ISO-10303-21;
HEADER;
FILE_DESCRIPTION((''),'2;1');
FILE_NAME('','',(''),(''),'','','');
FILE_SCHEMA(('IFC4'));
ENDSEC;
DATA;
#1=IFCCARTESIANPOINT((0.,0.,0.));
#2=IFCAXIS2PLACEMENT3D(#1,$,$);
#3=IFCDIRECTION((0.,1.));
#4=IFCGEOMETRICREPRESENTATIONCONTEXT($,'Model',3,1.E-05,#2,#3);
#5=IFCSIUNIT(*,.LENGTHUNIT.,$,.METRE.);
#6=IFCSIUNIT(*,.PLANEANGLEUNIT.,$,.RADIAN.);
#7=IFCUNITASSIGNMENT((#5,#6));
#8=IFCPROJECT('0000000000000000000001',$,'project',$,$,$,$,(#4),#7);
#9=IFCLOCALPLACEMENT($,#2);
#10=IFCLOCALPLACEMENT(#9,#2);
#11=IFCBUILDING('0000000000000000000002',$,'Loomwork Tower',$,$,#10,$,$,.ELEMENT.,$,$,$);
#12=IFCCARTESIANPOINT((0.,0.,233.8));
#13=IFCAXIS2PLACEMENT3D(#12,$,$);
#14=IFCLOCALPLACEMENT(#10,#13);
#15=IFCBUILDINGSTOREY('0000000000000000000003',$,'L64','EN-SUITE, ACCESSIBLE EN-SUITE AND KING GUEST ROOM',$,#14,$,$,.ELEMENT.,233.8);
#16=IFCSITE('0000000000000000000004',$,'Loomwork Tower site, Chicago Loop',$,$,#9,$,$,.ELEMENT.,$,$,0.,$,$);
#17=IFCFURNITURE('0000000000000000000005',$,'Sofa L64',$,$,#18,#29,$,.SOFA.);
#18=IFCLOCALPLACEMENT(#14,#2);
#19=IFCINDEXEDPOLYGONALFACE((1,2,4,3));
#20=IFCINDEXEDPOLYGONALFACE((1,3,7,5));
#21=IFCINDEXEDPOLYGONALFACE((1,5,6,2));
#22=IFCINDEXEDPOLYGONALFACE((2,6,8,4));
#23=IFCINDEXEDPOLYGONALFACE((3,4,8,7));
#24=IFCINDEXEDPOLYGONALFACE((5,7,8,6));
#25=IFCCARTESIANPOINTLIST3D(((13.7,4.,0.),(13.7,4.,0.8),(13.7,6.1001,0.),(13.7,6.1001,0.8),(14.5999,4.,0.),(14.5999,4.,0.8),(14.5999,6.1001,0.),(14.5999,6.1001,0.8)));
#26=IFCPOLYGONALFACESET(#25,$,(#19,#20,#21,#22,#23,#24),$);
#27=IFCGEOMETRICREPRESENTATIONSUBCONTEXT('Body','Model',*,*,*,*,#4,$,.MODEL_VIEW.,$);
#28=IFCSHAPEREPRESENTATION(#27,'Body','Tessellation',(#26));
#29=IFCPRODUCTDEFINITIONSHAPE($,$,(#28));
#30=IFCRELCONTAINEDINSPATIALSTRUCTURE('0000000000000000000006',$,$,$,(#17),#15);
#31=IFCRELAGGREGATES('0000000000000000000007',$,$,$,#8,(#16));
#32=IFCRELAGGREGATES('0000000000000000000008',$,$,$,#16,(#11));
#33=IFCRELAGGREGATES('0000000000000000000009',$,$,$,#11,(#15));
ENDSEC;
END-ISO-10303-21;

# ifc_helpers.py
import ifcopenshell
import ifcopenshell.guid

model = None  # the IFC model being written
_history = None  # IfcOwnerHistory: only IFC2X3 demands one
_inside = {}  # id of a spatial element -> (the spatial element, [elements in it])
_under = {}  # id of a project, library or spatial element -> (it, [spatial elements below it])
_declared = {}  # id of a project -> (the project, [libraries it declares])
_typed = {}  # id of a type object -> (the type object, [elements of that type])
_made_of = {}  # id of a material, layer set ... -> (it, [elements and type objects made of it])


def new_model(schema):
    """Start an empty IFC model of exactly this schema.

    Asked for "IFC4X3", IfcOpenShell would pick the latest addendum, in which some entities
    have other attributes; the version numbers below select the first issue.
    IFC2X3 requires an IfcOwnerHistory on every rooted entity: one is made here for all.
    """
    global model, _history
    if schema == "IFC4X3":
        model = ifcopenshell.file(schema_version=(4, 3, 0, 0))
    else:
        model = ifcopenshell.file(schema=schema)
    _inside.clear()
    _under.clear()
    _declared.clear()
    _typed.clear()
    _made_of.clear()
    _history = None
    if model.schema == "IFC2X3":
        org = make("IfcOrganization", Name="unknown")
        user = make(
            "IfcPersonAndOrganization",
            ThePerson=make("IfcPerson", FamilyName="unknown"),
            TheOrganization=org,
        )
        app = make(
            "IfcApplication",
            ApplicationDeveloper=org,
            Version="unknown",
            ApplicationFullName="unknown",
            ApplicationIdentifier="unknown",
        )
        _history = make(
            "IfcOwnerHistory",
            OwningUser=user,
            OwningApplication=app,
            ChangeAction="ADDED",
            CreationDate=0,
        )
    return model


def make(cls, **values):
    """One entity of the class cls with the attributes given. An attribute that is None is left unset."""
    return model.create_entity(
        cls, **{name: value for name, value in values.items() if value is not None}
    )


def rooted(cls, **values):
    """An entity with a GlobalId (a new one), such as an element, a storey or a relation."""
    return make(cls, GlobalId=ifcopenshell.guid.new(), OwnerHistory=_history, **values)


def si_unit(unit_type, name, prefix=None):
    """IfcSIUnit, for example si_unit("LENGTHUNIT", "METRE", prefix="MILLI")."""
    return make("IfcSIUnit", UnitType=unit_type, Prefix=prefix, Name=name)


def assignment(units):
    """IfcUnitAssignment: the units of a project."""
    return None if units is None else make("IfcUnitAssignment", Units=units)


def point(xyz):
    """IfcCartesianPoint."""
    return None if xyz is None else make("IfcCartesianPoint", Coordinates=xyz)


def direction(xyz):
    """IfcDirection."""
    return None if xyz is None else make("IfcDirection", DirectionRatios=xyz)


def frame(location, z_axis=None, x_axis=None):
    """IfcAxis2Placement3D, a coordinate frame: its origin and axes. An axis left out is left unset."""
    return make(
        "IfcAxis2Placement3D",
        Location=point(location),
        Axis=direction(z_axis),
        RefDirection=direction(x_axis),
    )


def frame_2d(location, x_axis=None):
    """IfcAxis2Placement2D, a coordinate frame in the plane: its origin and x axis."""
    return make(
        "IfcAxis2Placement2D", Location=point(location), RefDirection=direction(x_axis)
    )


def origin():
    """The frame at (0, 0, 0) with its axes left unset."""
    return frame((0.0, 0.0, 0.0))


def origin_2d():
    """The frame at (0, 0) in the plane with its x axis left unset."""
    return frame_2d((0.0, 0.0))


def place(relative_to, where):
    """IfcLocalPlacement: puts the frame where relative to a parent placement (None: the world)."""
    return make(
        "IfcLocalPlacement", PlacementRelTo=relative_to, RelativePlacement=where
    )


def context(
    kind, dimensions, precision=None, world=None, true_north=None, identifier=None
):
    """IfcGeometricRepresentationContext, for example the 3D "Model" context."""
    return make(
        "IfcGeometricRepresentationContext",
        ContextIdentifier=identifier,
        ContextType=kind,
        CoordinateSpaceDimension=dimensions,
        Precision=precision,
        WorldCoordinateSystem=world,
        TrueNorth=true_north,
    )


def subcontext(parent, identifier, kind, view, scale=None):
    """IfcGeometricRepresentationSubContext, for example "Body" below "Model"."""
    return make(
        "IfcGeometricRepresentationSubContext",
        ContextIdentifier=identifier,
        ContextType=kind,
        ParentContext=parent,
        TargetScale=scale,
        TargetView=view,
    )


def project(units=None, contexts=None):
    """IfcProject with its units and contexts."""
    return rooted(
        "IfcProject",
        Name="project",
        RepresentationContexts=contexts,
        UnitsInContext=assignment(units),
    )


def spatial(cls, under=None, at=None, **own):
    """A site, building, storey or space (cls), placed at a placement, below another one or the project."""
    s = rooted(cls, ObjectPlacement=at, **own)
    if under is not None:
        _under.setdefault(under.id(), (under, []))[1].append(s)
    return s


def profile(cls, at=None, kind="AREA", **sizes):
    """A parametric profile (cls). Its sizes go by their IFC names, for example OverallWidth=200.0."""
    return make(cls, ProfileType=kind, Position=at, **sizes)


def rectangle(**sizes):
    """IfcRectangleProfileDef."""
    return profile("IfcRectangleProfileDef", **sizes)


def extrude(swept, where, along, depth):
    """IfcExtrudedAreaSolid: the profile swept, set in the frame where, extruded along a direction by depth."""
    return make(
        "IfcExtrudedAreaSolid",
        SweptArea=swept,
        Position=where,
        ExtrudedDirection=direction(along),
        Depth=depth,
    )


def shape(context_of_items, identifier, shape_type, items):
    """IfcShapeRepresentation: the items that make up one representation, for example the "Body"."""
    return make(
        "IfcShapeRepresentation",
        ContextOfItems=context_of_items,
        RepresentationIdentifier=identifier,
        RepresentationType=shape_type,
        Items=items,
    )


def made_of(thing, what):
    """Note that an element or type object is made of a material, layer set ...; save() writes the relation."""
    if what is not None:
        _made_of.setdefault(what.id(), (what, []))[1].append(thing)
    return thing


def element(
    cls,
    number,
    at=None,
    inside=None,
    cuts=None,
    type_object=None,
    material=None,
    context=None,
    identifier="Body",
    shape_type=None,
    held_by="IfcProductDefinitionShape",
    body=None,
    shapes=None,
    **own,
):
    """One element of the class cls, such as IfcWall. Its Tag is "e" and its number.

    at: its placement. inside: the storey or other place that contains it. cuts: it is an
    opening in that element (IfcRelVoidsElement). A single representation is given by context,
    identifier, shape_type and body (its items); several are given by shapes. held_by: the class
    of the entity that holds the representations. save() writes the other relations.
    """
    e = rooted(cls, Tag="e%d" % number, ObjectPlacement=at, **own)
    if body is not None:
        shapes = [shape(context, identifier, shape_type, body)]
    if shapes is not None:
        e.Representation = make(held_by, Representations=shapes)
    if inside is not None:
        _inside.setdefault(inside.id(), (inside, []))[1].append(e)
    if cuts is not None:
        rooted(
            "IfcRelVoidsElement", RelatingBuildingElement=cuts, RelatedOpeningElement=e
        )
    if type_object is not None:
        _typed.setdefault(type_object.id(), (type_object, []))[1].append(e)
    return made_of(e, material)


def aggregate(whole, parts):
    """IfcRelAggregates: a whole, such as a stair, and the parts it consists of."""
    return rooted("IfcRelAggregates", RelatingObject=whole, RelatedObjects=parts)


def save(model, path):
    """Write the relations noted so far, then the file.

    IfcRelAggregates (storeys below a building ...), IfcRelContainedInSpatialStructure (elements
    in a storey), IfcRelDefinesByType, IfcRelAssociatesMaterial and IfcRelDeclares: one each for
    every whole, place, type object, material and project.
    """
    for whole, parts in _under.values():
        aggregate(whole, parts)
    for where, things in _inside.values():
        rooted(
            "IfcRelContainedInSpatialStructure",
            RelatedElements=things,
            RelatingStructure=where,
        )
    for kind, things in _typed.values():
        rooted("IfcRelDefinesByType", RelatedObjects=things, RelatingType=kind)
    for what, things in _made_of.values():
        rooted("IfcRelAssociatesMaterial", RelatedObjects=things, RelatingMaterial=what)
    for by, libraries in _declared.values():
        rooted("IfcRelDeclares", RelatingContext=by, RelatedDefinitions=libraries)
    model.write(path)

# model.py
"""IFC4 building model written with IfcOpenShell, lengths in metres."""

from ifc_helpers import new_model, si_unit, direction, frame, origin, origin_2d, place, context, subcontext, project, spatial, rectangle, extrude, element, save


model = new_model("IFC4")

# Units and contexts
model_context = context("Model", 3, precision=1e-05, world=origin(), true_north=direction((0.0, 1.0)))
body_context = subcontext(model_context, "Body", "Model", "MODEL_VIEW")
ifc_project = project(units=[si_unit("LENGTHUNIT", "METRE"), si_unit("PLANEANGLEUNIT", "RADIAN")], contexts=[model_context])

# Site, building, storey
site_placement = place(None, origin())
site = spatial("IfcSite", under=ifc_project, at=site_placement, Name="Loomwork Tower site, Chicago Loop", CompositionType="ELEMENT", RefElevation=0.0)
building_placement = place(site_placement, origin())
building = spatial("IfcBuilding", under=site, at=building_placement, Name="Loomwork Tower", CompositionType="ELEMENT")
storey_placement = place(building_placement, frame((0.0, 0.0, 233.8)))
storey = spatial("IfcBuildingStorey", under=building, at=storey_placement, Name="L64", Description="EN-SUITE, ACCESSIBLE EN-SUITE AND KING GUEST ROOM", CompositionType="ELEMENT", Elevation=233.8)

# Furniture
furniture_1_placement = place(storey_placement, frame((14.1499, 5.05, 0.0), z_axis=(0.0, 0.0, 1.0), x_axis=(1.0, 0.0, 0.0)))
element("IfcFurniture", 1, at=furniture_1_placement, inside=storey, Name="Sofa L64", PredefinedType="SOFA", context=body_context, shape_type="SweptSolid", body=[
    extrude(rectangle(XDim=0.8999, YDim=2.1001, at=origin_2d()), origin(), (0.0, 0.0, 1.0), 0.8),
])

save(model, "model.ifc")
